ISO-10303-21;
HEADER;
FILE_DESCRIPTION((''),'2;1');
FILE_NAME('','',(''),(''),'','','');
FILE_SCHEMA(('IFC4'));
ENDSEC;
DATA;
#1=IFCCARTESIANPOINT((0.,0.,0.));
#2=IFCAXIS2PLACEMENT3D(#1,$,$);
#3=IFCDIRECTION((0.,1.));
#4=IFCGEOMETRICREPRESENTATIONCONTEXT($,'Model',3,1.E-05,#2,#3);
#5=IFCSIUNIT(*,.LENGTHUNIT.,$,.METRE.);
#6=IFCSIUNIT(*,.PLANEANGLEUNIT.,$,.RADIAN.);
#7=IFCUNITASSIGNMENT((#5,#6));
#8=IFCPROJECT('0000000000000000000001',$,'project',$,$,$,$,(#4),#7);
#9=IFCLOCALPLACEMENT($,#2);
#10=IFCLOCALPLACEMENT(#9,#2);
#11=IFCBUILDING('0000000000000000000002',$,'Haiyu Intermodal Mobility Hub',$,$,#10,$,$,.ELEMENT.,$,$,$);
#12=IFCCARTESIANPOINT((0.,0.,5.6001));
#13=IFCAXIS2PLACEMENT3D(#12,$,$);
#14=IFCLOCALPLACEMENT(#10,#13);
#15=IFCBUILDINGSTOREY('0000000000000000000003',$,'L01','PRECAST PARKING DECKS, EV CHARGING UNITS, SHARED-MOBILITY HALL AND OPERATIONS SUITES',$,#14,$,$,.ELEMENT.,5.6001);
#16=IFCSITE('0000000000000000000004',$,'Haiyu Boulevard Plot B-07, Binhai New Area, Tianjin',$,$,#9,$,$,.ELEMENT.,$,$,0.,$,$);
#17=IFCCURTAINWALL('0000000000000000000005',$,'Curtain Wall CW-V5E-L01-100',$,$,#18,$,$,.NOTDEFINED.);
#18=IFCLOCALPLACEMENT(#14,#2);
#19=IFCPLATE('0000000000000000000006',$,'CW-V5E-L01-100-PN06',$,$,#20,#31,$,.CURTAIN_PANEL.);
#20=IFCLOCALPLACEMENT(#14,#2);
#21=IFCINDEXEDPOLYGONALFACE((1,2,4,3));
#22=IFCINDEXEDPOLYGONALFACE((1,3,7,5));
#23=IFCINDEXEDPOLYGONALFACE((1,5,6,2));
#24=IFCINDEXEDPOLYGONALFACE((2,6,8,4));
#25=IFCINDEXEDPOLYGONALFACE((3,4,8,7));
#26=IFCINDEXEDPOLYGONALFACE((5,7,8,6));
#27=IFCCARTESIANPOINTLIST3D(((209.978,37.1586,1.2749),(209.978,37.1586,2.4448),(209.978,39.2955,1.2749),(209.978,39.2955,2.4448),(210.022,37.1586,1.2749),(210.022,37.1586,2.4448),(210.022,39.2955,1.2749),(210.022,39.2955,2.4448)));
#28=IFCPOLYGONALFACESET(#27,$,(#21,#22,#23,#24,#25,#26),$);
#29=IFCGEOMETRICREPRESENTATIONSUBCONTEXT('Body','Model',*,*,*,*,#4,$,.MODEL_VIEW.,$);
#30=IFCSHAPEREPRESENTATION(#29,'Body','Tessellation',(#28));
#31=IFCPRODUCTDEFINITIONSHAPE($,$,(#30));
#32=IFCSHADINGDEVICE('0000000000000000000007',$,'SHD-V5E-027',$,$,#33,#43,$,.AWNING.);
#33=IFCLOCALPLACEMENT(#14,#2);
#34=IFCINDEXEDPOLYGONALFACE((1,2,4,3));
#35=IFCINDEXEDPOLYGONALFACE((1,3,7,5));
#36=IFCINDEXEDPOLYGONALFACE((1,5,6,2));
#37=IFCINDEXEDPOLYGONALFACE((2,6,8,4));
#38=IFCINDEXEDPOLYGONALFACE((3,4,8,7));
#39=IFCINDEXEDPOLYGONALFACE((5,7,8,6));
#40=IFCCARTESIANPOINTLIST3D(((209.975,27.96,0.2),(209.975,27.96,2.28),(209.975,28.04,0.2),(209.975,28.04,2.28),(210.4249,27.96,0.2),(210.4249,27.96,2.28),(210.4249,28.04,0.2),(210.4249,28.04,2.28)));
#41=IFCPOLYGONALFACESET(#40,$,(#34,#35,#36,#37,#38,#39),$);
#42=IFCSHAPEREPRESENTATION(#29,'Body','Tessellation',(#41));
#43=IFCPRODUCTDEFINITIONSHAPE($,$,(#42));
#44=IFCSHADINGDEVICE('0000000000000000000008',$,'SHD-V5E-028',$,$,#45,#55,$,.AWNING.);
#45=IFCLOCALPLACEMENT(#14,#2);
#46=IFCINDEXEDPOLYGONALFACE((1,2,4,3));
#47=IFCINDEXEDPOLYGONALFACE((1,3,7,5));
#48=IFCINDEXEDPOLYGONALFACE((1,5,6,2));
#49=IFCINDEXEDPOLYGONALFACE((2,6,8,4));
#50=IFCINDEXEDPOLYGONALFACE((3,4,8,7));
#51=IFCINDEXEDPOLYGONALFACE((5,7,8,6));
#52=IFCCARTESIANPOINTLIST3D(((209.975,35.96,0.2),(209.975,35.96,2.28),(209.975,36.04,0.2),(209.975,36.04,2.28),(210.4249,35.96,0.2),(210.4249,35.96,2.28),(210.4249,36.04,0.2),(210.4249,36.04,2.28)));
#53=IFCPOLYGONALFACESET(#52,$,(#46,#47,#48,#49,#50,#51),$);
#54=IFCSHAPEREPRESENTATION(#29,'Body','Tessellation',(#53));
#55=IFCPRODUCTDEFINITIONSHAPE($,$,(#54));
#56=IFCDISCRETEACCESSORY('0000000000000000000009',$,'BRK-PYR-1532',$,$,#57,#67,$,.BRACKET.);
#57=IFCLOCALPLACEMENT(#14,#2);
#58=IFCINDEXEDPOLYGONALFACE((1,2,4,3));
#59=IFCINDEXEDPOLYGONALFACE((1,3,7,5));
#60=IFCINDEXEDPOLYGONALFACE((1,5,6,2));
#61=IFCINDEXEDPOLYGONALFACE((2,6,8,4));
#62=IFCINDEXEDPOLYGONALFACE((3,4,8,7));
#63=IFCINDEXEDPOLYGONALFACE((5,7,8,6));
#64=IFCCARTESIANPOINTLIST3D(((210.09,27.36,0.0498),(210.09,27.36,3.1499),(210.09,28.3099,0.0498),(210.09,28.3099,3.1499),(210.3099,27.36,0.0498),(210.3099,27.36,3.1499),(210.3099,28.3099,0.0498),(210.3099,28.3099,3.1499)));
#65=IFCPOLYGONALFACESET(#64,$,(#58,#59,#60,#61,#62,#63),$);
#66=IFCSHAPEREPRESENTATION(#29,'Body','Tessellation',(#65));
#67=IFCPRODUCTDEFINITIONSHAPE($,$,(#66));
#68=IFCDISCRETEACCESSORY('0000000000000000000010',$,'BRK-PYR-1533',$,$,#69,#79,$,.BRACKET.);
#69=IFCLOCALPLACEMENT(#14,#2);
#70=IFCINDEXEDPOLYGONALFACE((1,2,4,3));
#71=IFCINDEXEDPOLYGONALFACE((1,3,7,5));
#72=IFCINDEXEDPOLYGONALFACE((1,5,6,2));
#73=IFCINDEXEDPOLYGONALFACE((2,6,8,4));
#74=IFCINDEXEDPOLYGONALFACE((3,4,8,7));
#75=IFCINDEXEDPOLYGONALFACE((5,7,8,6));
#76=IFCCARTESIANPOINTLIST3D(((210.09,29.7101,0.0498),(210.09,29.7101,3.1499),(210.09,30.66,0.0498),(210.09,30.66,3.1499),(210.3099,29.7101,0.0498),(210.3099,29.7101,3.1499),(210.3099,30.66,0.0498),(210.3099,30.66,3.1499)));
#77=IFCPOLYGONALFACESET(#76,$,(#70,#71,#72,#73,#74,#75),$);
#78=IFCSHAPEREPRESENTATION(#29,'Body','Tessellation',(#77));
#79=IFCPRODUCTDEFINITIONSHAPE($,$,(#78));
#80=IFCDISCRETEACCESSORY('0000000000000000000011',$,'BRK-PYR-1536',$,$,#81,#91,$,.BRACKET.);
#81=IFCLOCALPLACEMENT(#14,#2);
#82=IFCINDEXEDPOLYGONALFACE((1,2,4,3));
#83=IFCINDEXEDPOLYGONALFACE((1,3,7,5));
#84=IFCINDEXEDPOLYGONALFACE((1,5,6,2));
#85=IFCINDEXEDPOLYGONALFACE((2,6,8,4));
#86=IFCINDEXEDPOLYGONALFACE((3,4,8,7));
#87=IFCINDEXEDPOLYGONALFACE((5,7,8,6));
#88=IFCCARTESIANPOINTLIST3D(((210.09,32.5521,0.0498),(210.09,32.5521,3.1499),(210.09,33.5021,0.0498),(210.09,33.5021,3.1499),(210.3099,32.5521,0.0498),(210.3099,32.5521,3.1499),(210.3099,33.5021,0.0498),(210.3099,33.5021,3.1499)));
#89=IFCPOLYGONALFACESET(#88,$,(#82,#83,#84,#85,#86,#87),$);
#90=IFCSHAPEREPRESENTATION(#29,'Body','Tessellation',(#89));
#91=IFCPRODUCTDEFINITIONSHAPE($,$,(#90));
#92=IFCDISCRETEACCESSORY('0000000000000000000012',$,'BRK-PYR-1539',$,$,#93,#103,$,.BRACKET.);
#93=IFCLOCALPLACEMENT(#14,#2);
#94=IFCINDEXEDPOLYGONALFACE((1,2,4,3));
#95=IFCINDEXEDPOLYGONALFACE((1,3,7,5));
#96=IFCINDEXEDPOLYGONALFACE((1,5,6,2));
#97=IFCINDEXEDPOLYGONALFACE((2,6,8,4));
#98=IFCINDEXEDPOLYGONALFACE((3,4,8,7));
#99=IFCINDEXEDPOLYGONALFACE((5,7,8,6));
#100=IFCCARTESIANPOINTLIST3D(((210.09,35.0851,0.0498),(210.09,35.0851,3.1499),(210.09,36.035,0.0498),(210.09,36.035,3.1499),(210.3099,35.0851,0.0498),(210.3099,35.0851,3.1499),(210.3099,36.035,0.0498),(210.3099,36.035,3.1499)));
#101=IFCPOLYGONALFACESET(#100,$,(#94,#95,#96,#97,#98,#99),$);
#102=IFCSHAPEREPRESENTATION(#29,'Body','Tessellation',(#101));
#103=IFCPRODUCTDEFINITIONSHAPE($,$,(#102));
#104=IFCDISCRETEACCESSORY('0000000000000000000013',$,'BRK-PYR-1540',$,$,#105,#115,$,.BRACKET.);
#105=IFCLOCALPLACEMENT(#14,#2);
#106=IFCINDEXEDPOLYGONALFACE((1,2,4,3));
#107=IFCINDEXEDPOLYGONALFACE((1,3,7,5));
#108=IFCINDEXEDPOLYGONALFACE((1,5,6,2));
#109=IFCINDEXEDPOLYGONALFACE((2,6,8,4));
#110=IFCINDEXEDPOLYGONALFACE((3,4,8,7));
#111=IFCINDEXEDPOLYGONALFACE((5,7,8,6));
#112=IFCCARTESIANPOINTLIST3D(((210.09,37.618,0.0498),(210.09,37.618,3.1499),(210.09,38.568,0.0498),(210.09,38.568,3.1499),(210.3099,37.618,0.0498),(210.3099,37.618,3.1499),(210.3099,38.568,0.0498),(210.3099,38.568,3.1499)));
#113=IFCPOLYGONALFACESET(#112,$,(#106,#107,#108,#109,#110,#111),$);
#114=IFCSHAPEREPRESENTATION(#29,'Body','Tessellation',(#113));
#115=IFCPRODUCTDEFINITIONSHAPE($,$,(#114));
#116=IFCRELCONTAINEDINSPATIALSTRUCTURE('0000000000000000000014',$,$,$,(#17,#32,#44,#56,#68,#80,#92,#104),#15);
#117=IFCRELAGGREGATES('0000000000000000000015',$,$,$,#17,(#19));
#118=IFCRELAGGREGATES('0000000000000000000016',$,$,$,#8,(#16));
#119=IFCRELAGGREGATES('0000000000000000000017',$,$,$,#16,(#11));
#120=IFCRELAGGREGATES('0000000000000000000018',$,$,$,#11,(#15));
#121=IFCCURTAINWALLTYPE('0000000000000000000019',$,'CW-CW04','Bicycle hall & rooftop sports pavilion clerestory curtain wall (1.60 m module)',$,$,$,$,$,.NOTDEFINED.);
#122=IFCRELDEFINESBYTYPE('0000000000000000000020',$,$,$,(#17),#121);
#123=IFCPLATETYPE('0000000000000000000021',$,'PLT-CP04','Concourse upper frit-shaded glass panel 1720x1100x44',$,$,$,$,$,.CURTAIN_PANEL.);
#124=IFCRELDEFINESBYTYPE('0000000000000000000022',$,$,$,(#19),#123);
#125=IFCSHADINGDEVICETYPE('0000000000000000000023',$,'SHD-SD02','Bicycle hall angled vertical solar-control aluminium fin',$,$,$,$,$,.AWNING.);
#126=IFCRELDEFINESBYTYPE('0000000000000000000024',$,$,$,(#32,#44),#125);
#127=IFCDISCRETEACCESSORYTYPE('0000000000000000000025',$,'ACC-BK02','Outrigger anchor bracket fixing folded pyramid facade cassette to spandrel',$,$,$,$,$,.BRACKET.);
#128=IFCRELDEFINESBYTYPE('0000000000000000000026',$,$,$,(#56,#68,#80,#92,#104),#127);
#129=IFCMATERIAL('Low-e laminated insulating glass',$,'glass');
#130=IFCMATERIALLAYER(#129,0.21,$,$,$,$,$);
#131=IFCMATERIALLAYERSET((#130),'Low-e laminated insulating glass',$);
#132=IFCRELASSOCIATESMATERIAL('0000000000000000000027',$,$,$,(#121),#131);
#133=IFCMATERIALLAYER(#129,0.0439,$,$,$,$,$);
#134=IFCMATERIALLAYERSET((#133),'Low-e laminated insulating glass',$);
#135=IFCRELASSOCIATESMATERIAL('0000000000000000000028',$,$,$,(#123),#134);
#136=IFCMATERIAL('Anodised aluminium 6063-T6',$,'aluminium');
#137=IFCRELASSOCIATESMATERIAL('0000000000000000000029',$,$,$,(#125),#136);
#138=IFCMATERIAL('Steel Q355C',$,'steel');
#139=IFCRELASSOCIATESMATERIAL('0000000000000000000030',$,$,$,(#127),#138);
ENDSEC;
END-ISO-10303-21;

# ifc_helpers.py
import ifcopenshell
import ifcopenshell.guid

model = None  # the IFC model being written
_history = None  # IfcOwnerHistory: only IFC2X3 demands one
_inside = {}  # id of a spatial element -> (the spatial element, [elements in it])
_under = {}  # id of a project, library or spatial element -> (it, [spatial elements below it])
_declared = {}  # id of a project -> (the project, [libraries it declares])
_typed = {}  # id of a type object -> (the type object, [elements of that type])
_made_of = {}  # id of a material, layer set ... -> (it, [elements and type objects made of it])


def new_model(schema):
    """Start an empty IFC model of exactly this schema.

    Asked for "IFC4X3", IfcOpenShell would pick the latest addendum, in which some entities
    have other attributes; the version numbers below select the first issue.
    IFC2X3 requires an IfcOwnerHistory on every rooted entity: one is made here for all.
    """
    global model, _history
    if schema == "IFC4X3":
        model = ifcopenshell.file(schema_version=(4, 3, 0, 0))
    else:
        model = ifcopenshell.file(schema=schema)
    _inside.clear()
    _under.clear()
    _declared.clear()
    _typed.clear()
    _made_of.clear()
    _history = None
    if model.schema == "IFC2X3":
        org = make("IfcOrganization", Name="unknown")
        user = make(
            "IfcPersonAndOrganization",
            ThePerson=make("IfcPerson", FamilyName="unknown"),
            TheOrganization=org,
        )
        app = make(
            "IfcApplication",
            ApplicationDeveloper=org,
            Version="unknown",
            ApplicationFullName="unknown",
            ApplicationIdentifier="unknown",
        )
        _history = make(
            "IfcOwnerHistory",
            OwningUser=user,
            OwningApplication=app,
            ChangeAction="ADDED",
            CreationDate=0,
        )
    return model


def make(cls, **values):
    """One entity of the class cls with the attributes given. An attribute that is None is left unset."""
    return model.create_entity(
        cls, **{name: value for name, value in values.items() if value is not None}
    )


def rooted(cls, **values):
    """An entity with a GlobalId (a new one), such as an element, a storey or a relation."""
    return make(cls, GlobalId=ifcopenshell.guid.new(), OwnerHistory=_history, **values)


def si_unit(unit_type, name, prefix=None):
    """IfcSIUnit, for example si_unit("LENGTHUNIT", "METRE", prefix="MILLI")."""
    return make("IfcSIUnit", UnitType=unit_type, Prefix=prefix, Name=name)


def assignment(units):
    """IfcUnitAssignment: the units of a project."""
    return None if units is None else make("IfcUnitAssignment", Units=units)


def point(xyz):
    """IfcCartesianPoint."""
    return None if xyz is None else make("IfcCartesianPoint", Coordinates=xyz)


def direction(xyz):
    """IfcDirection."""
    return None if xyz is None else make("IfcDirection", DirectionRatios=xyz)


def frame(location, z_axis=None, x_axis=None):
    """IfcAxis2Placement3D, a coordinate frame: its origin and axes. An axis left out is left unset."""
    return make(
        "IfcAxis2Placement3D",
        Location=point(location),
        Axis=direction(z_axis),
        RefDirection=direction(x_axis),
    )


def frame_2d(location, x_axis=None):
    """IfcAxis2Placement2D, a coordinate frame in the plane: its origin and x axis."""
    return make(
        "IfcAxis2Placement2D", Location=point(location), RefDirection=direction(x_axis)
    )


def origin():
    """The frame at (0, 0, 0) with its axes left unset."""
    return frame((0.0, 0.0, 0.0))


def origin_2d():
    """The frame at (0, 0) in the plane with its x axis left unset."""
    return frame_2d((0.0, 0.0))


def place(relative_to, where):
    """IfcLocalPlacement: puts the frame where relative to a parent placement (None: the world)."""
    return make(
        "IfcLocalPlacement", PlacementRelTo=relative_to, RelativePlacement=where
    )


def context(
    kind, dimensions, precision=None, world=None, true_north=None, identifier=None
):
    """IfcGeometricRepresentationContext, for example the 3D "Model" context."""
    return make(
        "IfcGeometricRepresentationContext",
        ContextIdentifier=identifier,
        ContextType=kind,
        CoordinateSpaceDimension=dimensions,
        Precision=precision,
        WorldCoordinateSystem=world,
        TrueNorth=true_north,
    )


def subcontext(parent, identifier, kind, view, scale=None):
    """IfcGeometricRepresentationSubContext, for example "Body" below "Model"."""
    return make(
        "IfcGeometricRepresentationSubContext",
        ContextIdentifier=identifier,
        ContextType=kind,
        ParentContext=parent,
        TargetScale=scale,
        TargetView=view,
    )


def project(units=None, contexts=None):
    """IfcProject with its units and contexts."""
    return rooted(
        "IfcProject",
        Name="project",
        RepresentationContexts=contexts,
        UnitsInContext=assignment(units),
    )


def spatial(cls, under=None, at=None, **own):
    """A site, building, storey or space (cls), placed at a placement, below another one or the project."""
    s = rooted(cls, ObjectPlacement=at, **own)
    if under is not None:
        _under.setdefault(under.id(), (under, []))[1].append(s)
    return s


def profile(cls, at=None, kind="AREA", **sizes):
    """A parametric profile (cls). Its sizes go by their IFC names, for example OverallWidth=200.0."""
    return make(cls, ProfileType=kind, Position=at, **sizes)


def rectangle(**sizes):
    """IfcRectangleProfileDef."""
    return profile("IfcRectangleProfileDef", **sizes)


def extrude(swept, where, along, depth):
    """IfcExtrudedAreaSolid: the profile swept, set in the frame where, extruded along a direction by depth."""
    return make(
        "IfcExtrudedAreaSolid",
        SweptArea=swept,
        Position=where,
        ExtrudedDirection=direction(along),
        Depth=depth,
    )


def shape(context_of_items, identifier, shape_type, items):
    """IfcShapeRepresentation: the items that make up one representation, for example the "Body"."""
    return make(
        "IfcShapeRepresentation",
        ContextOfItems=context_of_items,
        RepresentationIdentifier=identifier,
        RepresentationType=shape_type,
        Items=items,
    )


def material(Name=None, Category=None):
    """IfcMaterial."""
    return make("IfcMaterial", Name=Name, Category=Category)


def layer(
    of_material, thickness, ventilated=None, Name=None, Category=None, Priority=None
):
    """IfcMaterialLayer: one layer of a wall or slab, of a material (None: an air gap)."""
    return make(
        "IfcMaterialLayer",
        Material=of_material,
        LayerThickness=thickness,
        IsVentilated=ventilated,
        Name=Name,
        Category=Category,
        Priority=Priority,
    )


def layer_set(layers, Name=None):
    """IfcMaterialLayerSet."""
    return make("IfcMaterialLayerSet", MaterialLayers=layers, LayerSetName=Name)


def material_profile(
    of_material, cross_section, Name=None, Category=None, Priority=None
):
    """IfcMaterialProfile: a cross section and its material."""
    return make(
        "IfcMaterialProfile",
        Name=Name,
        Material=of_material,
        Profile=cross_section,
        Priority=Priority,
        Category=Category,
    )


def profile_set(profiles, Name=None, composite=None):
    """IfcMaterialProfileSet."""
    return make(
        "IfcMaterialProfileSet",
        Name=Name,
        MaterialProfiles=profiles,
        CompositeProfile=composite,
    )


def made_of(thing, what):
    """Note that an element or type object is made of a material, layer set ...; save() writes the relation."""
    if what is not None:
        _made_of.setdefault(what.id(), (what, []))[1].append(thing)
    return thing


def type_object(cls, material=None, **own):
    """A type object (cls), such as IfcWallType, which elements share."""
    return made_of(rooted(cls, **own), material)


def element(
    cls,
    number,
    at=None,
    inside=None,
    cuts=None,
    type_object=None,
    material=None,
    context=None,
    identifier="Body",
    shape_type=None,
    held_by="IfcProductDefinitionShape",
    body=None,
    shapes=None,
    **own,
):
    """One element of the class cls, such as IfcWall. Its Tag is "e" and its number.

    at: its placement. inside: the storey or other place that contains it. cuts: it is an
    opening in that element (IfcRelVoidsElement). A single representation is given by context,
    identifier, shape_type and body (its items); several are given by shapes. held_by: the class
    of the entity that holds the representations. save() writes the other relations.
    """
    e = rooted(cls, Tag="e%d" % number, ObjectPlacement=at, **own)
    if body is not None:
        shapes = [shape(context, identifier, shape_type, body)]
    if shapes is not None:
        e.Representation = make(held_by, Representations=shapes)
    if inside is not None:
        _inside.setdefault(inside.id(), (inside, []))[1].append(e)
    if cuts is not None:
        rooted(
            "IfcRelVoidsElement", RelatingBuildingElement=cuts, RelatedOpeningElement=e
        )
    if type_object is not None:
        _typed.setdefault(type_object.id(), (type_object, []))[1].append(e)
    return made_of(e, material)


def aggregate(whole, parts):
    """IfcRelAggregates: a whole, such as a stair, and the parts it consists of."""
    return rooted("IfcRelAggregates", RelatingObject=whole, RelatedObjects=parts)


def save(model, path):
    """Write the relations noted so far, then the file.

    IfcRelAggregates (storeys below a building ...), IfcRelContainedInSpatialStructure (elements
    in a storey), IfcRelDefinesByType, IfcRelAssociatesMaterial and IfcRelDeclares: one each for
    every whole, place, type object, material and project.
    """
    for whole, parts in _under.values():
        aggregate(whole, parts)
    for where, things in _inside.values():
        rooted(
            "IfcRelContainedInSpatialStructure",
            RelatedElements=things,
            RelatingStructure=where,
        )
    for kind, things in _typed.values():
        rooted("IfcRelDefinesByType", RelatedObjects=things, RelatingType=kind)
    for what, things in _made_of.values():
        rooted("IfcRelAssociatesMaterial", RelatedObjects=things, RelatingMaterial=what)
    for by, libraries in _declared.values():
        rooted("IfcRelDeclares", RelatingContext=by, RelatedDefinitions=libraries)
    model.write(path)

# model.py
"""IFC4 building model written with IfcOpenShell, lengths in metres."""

from ifc_helpers import new_model, si_unit, direction, frame, origin, origin_2d, place, context, subcontext, project, spatial, rectangle, extrude, material, layer, layer_set, material_profile, profile_set, type_object, element, aggregate, save


model = new_model("IFC4")

# Units and contexts
model_context = context("Model", 3, precision=1e-05, world=origin(), true_north=direction((0.0, 1.0)))
body_context = subcontext(model_context, "Body", "Model", "MODEL_VIEW")
ifc_project = project(units=[si_unit("LENGTHUNIT", "METRE"), si_unit("PLANEANGLEUNIT", "RADIAN")], contexts=[model_context])

# Site, building, storey
site_placement = place(None, origin())
site = spatial("IfcSite", under=ifc_project, at=site_placement, Name="Haiyu Boulevard Plot B-07, Binhai New Area, Tianjin", CompositionType="ELEMENT", RefElevation=0.0)
building_placement = place(site_placement, origin())
building = spatial("IfcBuilding", under=site, at=building_placement, Name="Haiyu Intermodal Mobility Hub", CompositionType="ELEMENT")
storey_placement = place(building_placement, frame((0.0, 0.0, 5.6001)))
storey = spatial("IfcBuildingStorey", under=building, at=storey_placement, Name="L01", Description="PRECAST PARKING DECKS, EV CHARGING UNITS, SHARED-MOBILITY HALL AND OPERATIONS SUITES", CompositionType="ELEMENT", Elevation=5.6001)

# Curtain wall
ifc_material_1 = material(Name="Low-e laminated insulating glass", Category="glass")
ifc_layer_1 = layer(ifc_material_1, 0.21)
ifc_layer_set_1 = layer_set([ifc_layer_1], Name="Low-e laminated insulating glass")
curtain_wall_type = type_object("IfcCurtainWallType", Name="CW-CW04", Description="Bicycle hall & rooftop sports pavilion clerestory curtain wall (1.60 m module)", PredefinedType="NOTDEFINED", material=ifc_layer_set_1)
ifc_material_2 = material(Name="Anodised aluminium 6063-T6", Category="aluminium")
curtain_wall_1_placement = place(storey_placement, origin())
curtain_wall_1 = element("IfcCurtainWall", 1, at=curtain_wall_1_placement, inside=storey, type_object=curtain_wall_type, Name="Curtain Wall CW-V5E-L01-100", PredefinedType="NOTDEFINED")

# Plate
ifc_layer_2 = layer(ifc_material_1, 0.0439)
ifc_layer_set_2 = layer_set([ifc_layer_2], Name="Low-e laminated insulating glass")
plate_type_1 = type_object("IfcPlateType", Name="PLT-CP04", Description="Concourse upper frit-shaded glass panel 1720x1100x44", PredefinedType="CURTAIN_PANEL", material=ifc_layer_set_2)
plate_1_placement = place(storey_placement, frame((210.0, 38.2271, 1.2749), z_axis=(0.0, 0.0, 1.0), x_axis=(0.0, 1.0, 0.0)))
plate_1 = element("IfcPlate", 2, at=plate_1_placement, type_object=plate_type_1, Name="CW-V5E-L01-100-PN06", PredefinedType="CURTAIN_PANEL", context=body_context, shape_type="SweptSolid", body=[
    extrude(rectangle(XDim=2.137, YDim=0.0439, at=origin_2d()), origin(), (0.0, 0.0, 1.0), 1.1699),
])
aggregate(curtain_wall_1, [plate_1])

# Shading devices
ifc_material_profile_1 = material_profile(ifc_material_2, rectangle(XDim=0.0701, YDim=0.55, at=origin_2d()), Name="FIN70x550")
ifc_profile_set_1 = profile_set([ifc_material_profile_1], Name="Anodised aluminium 6063-T6")
shading_device_type = type_object("IfcShadingDeviceType", Name="SHD-SD02", Description="Bicycle hall angled vertical solar-control aluminium fin", PredefinedType="AWNING", material=ifc_profile_set_1)
for number, where, z_axis, x_axis, name in (
    (3, (210.2, 28.0, 0.2), (0.0, 0.0, 1.0), (1.0, 0.0, 0.0), "SHD-V5E-027"),
    (4, (210.2, 36.0, 0.2), (0.0, 0.0, 1.0), (1.0, 0.0, 0.0), "SHD-V5E-028"),
):
    element("IfcShadingDevice", number, at=place(storey_placement, frame(where, z_axis=z_axis, x_axis=x_axis)), inside=storey, type_object=shading_device_type, Name=name, PredefinedType="AWNING", context=body_context, shape_type="SweptSolid", body=[
        extrude(rectangle(XDim=0.45, YDim=0.0801, at=origin_2d()), origin(), (0.0, 0.0, 1.0), 2.0801),
    ])

# Discrete accessories
ifc_material_3 = material(Name="Steel Q355C", Category="steel")
discrete_accessory_type = type_object("IfcDiscreteAccessoryType", Name="ACC-BK02", Description="Outrigger anchor bracket fixing folded pyramid facade cassette to spandrel", PredefinedType="BRACKET", material=ifc_material_3)
for number, where, z_axis, x_axis, name in (
    (5, (210.2, 27.835, 0.0498), (0.0, 0.0, 1.0), (1.0, 0.0, 0.0), "BRK-PYR-1532"),
    (6, (210.2, 30.1851, 0.0498), (0.0, 0.0, 1.0), (1.0, 0.0, 0.0), "BRK-PYR-1533"),
    (7, (210.2, 33.0271, 0.0498), (0.0, 0.0, 1.0), (1.0, 0.0, 0.0), "BRK-PYR-1536"),
    (8, (210.2, 35.5601, 0.0498), (0.0, 0.0, 1.0), (1.0, 0.0, 0.0), "BRK-PYR-1539"),
    (9, (210.2, 38.093, 0.0498), (0.0, 0.0, 1.0), (1.0, 0.0, 0.0), "BRK-PYR-1540"),
):
    element("IfcDiscreteAccessory", number, at=place(storey_placement, frame(where, z_axis=z_axis, x_axis=x_axis)), inside=storey, type_object=discrete_accessory_type, Name=name, PredefinedType="BRACKET", context=body_context, shape_type="SweptSolid", body=[
        extrude(rectangle(XDim=0.22, YDim=0.95, at=origin_2d()), origin(), (0.0, 0.0, 1.0), 3.1001),
    ])

save(model, "model.ifc")
